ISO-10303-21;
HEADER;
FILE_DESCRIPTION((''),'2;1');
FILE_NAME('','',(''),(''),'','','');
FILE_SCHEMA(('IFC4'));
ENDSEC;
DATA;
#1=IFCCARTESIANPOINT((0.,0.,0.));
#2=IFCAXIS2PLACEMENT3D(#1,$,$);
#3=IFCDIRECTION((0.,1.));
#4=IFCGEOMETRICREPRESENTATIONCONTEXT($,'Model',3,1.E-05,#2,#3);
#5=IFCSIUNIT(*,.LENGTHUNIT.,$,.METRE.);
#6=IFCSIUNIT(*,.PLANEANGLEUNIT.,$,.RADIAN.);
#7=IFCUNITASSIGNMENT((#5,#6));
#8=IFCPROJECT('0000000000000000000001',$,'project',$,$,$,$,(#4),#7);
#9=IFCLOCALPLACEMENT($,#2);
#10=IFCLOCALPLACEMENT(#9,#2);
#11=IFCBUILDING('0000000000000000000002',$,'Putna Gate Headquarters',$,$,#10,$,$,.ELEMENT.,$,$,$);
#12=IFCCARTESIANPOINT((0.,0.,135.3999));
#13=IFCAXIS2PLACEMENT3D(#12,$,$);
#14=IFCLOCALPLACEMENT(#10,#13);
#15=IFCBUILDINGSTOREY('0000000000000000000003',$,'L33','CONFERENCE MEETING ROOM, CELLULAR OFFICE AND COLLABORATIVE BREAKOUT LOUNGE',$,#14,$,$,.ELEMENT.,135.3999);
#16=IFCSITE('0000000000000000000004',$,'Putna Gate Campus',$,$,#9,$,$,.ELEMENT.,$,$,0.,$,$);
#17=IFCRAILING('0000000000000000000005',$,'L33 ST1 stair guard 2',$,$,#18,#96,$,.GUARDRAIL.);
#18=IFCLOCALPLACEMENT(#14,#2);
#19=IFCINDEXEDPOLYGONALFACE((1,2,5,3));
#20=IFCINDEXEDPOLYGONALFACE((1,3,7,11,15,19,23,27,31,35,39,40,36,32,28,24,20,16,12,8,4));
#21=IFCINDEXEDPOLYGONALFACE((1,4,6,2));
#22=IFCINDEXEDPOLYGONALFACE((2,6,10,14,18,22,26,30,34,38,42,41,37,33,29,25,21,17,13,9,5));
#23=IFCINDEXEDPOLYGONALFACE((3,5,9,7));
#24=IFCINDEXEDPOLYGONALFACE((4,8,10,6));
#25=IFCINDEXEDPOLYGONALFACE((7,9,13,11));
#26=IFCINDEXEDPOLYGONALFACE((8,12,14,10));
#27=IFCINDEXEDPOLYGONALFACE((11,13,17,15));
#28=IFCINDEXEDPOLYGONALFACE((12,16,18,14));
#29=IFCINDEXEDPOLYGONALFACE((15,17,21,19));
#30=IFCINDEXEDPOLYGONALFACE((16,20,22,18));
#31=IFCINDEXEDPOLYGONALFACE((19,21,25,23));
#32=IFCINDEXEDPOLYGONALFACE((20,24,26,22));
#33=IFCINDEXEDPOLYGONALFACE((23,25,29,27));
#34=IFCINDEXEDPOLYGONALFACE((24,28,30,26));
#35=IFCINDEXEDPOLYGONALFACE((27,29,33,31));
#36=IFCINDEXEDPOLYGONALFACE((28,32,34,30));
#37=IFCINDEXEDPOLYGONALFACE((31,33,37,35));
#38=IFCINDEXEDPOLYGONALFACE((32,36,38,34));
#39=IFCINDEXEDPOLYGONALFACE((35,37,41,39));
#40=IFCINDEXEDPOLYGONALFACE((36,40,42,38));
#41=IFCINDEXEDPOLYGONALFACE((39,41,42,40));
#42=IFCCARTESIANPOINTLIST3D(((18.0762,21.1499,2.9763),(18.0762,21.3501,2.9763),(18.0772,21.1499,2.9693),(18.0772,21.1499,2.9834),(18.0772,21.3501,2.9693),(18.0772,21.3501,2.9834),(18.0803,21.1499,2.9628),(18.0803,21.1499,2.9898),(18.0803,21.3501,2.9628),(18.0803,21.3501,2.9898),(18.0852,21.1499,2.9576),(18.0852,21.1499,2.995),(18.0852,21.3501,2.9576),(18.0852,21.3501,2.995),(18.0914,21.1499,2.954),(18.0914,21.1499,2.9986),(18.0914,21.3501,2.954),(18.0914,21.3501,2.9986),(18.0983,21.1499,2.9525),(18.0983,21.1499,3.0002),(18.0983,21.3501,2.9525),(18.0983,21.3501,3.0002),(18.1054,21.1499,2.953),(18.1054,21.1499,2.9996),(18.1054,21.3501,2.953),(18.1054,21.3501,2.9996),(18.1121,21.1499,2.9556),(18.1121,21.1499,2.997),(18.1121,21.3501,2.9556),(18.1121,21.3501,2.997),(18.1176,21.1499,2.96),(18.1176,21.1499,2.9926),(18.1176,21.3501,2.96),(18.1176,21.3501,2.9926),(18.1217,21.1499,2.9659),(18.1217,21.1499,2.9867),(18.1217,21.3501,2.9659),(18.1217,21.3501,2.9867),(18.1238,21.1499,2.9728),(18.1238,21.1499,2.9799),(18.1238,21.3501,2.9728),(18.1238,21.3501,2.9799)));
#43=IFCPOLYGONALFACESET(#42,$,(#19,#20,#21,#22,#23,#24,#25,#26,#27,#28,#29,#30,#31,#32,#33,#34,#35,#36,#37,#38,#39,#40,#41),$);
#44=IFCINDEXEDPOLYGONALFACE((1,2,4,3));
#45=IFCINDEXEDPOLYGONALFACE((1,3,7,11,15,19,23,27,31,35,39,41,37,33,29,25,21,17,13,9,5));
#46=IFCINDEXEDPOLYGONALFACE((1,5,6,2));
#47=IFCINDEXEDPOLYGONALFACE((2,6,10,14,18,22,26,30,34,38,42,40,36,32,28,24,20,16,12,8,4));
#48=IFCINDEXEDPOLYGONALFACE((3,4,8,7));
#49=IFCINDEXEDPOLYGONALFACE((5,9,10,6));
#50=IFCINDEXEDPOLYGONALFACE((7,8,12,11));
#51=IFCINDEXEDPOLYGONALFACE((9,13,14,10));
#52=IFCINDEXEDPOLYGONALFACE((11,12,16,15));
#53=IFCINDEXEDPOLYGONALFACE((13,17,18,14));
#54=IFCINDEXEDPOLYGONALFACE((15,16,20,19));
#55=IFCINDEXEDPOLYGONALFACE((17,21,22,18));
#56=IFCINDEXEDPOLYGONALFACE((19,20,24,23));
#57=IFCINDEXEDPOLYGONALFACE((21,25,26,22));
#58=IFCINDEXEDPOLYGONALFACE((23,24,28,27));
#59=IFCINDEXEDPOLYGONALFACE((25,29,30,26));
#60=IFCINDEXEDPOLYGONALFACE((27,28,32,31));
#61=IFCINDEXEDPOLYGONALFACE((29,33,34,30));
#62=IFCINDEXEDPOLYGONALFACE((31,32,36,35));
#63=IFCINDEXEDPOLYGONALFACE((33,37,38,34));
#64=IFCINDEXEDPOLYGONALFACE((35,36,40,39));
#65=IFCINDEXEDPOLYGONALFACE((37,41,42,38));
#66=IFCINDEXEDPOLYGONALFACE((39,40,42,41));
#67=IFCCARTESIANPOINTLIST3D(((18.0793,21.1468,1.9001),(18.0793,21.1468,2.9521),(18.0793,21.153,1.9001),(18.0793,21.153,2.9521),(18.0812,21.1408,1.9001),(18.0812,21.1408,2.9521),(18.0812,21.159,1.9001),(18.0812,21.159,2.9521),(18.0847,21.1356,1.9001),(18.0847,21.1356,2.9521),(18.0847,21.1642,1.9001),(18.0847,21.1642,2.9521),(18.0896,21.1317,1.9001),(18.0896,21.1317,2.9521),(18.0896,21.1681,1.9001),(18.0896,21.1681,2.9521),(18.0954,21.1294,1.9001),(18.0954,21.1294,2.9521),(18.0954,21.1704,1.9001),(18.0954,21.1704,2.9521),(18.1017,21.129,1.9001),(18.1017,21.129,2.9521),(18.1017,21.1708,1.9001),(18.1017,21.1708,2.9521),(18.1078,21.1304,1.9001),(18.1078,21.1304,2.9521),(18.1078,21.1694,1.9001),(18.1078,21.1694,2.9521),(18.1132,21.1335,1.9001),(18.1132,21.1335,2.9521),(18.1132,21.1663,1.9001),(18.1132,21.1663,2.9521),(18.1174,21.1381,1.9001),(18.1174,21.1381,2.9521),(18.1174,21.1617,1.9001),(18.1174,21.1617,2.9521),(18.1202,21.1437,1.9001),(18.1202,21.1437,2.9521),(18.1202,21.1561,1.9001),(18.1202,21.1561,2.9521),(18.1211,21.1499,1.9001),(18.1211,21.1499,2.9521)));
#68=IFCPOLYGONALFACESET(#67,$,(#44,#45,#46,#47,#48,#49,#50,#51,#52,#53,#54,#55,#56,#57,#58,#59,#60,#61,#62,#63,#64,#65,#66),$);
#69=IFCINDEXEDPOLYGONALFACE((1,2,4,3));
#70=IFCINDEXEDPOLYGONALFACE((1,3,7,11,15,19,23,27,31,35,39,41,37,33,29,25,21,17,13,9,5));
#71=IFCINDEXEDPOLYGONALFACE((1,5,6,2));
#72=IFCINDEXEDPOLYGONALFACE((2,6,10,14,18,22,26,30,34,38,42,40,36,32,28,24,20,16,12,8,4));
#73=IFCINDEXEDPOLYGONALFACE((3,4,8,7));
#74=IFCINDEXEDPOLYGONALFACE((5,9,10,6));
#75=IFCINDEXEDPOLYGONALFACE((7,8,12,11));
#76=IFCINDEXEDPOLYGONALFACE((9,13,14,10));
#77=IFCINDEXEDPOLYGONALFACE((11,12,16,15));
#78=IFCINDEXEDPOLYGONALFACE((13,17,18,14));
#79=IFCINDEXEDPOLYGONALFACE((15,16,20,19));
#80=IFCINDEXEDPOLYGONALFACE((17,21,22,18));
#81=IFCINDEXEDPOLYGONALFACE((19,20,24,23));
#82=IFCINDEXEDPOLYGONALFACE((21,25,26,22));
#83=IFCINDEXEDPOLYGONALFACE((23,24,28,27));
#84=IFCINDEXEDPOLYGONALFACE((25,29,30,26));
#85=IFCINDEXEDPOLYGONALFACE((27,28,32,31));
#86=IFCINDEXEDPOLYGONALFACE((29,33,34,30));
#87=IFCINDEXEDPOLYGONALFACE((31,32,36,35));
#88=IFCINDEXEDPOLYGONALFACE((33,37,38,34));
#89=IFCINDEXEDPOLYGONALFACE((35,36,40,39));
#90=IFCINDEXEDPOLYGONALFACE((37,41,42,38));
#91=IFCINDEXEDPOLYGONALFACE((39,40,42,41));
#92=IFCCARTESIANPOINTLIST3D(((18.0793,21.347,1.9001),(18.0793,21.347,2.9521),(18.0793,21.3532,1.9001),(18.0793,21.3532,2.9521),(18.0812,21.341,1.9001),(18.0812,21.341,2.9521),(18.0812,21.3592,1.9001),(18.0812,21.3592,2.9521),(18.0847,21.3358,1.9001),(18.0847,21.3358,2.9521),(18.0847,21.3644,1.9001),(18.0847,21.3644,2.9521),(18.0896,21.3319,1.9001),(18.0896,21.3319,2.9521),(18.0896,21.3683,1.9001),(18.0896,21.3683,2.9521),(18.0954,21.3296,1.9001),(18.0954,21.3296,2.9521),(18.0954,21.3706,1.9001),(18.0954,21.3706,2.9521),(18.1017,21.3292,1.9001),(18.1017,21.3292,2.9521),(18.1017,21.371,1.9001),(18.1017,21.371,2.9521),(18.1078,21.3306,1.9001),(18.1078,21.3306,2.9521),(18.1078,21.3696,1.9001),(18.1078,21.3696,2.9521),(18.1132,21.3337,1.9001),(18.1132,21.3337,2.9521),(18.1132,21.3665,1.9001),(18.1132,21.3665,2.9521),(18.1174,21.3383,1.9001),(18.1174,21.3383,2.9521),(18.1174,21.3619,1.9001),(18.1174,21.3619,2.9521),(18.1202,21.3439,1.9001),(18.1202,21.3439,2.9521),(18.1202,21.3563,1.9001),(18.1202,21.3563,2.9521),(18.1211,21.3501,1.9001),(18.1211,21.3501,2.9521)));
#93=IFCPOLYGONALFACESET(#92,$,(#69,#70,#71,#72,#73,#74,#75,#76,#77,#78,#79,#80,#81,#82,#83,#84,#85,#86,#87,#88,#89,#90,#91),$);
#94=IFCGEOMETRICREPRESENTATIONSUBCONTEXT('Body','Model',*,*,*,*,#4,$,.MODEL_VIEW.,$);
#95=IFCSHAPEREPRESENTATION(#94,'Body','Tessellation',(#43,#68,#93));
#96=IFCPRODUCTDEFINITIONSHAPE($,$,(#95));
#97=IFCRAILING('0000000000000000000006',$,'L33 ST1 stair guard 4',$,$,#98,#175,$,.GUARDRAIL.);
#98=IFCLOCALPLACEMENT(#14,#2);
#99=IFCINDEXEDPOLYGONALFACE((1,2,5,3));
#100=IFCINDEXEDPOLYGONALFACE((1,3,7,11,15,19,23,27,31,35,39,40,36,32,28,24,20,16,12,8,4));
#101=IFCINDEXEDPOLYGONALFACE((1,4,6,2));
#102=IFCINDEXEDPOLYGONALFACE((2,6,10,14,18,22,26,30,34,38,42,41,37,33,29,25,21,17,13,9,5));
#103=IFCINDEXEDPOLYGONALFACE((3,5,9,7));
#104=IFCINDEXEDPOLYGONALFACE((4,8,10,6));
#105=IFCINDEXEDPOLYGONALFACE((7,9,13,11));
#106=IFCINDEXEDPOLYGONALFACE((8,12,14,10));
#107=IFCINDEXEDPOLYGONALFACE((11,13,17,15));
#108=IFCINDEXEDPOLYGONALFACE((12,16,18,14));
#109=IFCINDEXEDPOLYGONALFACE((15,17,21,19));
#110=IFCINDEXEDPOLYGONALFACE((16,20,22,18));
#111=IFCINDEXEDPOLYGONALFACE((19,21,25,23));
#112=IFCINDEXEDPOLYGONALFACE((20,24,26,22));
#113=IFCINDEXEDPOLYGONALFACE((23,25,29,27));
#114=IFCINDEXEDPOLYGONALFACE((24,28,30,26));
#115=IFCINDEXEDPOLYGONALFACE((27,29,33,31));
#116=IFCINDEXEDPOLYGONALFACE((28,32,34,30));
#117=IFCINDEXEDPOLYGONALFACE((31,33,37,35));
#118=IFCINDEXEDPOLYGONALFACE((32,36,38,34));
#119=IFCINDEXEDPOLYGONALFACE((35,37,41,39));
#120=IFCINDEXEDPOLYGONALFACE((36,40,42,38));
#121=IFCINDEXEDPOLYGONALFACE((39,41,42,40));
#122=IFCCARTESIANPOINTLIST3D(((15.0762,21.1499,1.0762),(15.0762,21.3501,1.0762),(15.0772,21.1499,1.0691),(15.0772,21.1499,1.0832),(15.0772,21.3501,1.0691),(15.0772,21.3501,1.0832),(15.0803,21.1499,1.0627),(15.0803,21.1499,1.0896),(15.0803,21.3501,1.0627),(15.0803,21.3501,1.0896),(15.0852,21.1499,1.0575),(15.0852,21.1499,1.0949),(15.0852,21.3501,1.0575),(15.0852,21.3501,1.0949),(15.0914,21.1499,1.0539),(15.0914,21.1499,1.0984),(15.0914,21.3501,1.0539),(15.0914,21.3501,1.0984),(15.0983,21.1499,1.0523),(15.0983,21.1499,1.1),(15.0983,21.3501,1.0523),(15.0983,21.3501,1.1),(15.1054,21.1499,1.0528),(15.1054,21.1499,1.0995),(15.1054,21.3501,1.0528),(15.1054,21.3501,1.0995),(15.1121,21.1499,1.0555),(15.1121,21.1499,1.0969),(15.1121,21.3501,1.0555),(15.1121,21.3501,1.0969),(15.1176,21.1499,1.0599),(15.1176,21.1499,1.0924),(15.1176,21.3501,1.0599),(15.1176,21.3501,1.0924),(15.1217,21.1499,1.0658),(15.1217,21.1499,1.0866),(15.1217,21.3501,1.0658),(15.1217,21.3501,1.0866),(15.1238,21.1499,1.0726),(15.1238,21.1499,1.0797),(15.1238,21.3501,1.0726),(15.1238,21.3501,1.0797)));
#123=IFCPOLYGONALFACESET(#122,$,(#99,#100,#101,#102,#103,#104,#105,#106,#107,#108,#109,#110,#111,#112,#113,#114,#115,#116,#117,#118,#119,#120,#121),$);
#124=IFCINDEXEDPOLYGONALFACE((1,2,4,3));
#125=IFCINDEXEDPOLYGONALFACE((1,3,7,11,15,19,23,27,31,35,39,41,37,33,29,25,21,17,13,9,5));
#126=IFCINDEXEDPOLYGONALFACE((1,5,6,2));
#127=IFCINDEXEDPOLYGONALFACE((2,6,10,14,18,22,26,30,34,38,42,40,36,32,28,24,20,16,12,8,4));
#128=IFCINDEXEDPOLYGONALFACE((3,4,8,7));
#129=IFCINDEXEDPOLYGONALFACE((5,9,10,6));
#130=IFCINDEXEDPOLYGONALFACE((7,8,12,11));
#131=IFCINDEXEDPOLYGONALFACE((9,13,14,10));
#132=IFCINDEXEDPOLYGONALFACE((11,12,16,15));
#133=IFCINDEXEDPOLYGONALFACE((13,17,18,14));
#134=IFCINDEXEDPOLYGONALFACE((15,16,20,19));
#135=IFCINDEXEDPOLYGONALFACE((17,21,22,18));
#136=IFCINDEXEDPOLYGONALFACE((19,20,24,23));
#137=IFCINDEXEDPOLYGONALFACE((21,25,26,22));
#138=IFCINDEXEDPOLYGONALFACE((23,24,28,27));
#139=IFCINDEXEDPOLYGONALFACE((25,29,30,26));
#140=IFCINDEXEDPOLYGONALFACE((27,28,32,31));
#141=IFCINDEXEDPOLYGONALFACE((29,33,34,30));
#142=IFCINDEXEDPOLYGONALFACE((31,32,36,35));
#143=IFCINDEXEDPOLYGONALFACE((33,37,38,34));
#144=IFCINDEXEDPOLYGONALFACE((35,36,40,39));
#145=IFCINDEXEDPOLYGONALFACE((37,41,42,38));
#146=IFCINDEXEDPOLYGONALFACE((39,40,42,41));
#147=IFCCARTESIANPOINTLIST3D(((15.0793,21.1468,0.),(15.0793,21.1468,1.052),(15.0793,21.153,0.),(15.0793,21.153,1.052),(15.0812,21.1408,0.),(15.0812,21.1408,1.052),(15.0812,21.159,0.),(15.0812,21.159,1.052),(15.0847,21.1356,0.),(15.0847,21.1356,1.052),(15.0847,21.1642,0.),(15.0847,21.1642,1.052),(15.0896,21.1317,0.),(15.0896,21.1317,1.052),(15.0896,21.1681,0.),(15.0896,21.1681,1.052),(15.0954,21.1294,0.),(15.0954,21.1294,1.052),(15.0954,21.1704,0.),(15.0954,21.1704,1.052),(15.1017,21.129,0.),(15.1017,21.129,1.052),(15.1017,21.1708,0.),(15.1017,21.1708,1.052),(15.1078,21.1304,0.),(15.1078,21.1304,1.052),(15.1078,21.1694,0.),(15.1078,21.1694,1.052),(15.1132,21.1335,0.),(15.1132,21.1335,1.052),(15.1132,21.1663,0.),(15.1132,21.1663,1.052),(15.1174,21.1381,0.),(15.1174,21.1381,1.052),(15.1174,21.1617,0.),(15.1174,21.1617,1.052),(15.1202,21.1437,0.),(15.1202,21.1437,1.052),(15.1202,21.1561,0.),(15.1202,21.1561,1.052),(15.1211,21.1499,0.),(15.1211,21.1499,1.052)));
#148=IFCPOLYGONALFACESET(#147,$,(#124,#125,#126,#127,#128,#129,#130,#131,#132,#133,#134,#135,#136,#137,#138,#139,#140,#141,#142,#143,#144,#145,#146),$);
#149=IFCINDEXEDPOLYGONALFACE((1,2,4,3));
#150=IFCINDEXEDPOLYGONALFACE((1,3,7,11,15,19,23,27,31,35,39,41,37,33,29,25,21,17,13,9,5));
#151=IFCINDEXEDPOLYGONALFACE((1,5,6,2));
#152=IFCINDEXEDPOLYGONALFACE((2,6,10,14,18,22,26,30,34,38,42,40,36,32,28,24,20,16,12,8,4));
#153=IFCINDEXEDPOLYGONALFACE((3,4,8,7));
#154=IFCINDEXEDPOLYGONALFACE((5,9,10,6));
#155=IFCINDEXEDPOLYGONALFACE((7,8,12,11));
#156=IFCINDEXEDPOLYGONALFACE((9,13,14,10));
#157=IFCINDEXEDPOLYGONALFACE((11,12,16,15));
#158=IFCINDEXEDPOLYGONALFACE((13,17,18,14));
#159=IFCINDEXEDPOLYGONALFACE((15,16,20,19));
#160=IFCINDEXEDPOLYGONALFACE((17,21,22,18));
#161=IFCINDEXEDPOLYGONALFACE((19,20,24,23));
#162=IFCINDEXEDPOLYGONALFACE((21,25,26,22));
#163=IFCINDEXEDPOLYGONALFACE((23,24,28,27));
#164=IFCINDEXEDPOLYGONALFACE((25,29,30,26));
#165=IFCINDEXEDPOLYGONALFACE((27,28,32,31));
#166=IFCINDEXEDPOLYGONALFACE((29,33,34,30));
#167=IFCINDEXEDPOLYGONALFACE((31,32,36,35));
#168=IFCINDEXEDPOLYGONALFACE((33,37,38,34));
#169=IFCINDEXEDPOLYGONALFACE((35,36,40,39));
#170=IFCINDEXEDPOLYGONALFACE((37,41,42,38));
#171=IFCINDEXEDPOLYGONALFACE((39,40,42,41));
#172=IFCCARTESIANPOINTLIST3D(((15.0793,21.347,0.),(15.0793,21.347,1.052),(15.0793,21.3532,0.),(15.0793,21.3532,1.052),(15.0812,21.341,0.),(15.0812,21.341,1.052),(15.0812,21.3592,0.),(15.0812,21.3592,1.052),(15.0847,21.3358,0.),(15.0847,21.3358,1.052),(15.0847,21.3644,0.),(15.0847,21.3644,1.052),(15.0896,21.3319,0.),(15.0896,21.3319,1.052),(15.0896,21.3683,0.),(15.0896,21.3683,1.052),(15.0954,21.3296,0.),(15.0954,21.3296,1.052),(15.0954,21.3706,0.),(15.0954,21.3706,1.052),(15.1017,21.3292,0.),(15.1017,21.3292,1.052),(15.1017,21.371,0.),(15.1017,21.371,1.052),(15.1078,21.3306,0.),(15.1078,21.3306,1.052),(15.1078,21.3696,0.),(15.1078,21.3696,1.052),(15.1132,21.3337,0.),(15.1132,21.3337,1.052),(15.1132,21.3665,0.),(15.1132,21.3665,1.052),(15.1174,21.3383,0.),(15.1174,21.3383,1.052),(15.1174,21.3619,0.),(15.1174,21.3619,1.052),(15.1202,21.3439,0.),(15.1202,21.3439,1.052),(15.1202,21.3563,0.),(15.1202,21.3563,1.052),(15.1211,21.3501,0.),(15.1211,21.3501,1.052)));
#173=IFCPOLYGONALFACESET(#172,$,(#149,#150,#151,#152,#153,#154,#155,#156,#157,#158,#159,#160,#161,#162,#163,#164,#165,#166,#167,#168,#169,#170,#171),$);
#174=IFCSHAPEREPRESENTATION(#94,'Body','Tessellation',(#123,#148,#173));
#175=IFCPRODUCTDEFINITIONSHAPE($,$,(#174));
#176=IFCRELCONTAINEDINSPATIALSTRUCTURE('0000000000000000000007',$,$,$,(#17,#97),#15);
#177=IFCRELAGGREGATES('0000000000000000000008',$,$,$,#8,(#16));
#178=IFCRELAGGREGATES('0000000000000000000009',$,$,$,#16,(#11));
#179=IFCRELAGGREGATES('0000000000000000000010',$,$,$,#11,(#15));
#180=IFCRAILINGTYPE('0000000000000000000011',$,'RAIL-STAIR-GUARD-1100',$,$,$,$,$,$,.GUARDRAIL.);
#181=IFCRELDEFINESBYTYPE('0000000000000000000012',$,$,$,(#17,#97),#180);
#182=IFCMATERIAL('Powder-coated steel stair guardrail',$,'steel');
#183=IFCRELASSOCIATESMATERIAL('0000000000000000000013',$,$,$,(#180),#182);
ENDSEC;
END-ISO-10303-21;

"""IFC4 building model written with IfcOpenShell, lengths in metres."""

from ifc_helpers import new_model, si_unit, direction, frame, origin, origin_2d, place, context, subcontext, project, spatial, circle, extrude, material, type_object, element, save


model = new_model("IFC4")

# Units and contexts
model_context = context("Model", 3, precision=1e-05, world=origin(), true_north=direction((0.0, 1.0)))
body_context = subcontext(model_context, "Body", "Model", "MODEL_VIEW")
ifc_project = project(units=[si_unit("LENGTHUNIT", "METRE"), si_unit("PLANEANGLEUNIT", "RADIAN")], contexts=[model_context])

# Site, building, storey
site_placement = place(None, origin())
site = spatial("IfcSite", under=ifc_project, at=site_placement, Name="Putna Gate Campus", CompositionType="ELEMENT", RefElevation=0.0)
building_placement = place(site_placement, origin())
building = spatial("IfcBuilding", under=site, at=building_placement, Name="Putna Gate Headquarters", CompositionType="ELEMENT")
storey_placement = place(building_placement, frame((0.0, 0.0, 135.3999)))
storey = spatial("IfcBuildingStorey", under=building, at=storey_placement, Name="L33", Description="CONFERENCE MEETING ROOM, CELLULAR OFFICE AND COLLABORATIVE BREAKOUT LOUNGE", CompositionType="ELEMENT", Elevation=135.3999)

# Railings
ifc_material_1 = material(Name="Powder-coated steel stair guardrail", Category="steel")
railing_type_1 = type_object("IfcRailingType", Name="RAIL-STAIR-GUARD-1100", PredefinedType="GUARDRAIL", material=ifc_material_1)
for number, where, name in (
    (1, (18.1001, 21.1499, 1.9001), "L33 ST1 stair guard 2"),
    (2, (15.1001, 21.1499, 0.0), "L33 ST1 stair guard 4"),
):
    element("IfcRailing", number, at=place(storey_placement, frame(where)), inside=storey, type_object=railing_type_1, Name=name, PredefinedType="GUARDRAIL", context=body_context, shape_type="SweptSolid", body=[
        extrude(circle(Radius=0.0239, at=origin_2d()), frame((0.0, 0.0, 1.0762), z_axis=(0.0, 1.0, 0.0), x_axis=(-1.0, 0.0, 0.0)), (0.0, 0.0, 1.0), 0.2002),
        extrude(circle(Radius=0.021, at=origin_2d()), origin(), (0.0, 0.0, 1.0), 1.052),
        extrude(circle(Radius=0.021, at=origin_2d()), frame((0.0, 0.2002, 0.0)), (0.0, 0.0, 1.0), 1.052),
    ])

save(model, "model.ifc")
